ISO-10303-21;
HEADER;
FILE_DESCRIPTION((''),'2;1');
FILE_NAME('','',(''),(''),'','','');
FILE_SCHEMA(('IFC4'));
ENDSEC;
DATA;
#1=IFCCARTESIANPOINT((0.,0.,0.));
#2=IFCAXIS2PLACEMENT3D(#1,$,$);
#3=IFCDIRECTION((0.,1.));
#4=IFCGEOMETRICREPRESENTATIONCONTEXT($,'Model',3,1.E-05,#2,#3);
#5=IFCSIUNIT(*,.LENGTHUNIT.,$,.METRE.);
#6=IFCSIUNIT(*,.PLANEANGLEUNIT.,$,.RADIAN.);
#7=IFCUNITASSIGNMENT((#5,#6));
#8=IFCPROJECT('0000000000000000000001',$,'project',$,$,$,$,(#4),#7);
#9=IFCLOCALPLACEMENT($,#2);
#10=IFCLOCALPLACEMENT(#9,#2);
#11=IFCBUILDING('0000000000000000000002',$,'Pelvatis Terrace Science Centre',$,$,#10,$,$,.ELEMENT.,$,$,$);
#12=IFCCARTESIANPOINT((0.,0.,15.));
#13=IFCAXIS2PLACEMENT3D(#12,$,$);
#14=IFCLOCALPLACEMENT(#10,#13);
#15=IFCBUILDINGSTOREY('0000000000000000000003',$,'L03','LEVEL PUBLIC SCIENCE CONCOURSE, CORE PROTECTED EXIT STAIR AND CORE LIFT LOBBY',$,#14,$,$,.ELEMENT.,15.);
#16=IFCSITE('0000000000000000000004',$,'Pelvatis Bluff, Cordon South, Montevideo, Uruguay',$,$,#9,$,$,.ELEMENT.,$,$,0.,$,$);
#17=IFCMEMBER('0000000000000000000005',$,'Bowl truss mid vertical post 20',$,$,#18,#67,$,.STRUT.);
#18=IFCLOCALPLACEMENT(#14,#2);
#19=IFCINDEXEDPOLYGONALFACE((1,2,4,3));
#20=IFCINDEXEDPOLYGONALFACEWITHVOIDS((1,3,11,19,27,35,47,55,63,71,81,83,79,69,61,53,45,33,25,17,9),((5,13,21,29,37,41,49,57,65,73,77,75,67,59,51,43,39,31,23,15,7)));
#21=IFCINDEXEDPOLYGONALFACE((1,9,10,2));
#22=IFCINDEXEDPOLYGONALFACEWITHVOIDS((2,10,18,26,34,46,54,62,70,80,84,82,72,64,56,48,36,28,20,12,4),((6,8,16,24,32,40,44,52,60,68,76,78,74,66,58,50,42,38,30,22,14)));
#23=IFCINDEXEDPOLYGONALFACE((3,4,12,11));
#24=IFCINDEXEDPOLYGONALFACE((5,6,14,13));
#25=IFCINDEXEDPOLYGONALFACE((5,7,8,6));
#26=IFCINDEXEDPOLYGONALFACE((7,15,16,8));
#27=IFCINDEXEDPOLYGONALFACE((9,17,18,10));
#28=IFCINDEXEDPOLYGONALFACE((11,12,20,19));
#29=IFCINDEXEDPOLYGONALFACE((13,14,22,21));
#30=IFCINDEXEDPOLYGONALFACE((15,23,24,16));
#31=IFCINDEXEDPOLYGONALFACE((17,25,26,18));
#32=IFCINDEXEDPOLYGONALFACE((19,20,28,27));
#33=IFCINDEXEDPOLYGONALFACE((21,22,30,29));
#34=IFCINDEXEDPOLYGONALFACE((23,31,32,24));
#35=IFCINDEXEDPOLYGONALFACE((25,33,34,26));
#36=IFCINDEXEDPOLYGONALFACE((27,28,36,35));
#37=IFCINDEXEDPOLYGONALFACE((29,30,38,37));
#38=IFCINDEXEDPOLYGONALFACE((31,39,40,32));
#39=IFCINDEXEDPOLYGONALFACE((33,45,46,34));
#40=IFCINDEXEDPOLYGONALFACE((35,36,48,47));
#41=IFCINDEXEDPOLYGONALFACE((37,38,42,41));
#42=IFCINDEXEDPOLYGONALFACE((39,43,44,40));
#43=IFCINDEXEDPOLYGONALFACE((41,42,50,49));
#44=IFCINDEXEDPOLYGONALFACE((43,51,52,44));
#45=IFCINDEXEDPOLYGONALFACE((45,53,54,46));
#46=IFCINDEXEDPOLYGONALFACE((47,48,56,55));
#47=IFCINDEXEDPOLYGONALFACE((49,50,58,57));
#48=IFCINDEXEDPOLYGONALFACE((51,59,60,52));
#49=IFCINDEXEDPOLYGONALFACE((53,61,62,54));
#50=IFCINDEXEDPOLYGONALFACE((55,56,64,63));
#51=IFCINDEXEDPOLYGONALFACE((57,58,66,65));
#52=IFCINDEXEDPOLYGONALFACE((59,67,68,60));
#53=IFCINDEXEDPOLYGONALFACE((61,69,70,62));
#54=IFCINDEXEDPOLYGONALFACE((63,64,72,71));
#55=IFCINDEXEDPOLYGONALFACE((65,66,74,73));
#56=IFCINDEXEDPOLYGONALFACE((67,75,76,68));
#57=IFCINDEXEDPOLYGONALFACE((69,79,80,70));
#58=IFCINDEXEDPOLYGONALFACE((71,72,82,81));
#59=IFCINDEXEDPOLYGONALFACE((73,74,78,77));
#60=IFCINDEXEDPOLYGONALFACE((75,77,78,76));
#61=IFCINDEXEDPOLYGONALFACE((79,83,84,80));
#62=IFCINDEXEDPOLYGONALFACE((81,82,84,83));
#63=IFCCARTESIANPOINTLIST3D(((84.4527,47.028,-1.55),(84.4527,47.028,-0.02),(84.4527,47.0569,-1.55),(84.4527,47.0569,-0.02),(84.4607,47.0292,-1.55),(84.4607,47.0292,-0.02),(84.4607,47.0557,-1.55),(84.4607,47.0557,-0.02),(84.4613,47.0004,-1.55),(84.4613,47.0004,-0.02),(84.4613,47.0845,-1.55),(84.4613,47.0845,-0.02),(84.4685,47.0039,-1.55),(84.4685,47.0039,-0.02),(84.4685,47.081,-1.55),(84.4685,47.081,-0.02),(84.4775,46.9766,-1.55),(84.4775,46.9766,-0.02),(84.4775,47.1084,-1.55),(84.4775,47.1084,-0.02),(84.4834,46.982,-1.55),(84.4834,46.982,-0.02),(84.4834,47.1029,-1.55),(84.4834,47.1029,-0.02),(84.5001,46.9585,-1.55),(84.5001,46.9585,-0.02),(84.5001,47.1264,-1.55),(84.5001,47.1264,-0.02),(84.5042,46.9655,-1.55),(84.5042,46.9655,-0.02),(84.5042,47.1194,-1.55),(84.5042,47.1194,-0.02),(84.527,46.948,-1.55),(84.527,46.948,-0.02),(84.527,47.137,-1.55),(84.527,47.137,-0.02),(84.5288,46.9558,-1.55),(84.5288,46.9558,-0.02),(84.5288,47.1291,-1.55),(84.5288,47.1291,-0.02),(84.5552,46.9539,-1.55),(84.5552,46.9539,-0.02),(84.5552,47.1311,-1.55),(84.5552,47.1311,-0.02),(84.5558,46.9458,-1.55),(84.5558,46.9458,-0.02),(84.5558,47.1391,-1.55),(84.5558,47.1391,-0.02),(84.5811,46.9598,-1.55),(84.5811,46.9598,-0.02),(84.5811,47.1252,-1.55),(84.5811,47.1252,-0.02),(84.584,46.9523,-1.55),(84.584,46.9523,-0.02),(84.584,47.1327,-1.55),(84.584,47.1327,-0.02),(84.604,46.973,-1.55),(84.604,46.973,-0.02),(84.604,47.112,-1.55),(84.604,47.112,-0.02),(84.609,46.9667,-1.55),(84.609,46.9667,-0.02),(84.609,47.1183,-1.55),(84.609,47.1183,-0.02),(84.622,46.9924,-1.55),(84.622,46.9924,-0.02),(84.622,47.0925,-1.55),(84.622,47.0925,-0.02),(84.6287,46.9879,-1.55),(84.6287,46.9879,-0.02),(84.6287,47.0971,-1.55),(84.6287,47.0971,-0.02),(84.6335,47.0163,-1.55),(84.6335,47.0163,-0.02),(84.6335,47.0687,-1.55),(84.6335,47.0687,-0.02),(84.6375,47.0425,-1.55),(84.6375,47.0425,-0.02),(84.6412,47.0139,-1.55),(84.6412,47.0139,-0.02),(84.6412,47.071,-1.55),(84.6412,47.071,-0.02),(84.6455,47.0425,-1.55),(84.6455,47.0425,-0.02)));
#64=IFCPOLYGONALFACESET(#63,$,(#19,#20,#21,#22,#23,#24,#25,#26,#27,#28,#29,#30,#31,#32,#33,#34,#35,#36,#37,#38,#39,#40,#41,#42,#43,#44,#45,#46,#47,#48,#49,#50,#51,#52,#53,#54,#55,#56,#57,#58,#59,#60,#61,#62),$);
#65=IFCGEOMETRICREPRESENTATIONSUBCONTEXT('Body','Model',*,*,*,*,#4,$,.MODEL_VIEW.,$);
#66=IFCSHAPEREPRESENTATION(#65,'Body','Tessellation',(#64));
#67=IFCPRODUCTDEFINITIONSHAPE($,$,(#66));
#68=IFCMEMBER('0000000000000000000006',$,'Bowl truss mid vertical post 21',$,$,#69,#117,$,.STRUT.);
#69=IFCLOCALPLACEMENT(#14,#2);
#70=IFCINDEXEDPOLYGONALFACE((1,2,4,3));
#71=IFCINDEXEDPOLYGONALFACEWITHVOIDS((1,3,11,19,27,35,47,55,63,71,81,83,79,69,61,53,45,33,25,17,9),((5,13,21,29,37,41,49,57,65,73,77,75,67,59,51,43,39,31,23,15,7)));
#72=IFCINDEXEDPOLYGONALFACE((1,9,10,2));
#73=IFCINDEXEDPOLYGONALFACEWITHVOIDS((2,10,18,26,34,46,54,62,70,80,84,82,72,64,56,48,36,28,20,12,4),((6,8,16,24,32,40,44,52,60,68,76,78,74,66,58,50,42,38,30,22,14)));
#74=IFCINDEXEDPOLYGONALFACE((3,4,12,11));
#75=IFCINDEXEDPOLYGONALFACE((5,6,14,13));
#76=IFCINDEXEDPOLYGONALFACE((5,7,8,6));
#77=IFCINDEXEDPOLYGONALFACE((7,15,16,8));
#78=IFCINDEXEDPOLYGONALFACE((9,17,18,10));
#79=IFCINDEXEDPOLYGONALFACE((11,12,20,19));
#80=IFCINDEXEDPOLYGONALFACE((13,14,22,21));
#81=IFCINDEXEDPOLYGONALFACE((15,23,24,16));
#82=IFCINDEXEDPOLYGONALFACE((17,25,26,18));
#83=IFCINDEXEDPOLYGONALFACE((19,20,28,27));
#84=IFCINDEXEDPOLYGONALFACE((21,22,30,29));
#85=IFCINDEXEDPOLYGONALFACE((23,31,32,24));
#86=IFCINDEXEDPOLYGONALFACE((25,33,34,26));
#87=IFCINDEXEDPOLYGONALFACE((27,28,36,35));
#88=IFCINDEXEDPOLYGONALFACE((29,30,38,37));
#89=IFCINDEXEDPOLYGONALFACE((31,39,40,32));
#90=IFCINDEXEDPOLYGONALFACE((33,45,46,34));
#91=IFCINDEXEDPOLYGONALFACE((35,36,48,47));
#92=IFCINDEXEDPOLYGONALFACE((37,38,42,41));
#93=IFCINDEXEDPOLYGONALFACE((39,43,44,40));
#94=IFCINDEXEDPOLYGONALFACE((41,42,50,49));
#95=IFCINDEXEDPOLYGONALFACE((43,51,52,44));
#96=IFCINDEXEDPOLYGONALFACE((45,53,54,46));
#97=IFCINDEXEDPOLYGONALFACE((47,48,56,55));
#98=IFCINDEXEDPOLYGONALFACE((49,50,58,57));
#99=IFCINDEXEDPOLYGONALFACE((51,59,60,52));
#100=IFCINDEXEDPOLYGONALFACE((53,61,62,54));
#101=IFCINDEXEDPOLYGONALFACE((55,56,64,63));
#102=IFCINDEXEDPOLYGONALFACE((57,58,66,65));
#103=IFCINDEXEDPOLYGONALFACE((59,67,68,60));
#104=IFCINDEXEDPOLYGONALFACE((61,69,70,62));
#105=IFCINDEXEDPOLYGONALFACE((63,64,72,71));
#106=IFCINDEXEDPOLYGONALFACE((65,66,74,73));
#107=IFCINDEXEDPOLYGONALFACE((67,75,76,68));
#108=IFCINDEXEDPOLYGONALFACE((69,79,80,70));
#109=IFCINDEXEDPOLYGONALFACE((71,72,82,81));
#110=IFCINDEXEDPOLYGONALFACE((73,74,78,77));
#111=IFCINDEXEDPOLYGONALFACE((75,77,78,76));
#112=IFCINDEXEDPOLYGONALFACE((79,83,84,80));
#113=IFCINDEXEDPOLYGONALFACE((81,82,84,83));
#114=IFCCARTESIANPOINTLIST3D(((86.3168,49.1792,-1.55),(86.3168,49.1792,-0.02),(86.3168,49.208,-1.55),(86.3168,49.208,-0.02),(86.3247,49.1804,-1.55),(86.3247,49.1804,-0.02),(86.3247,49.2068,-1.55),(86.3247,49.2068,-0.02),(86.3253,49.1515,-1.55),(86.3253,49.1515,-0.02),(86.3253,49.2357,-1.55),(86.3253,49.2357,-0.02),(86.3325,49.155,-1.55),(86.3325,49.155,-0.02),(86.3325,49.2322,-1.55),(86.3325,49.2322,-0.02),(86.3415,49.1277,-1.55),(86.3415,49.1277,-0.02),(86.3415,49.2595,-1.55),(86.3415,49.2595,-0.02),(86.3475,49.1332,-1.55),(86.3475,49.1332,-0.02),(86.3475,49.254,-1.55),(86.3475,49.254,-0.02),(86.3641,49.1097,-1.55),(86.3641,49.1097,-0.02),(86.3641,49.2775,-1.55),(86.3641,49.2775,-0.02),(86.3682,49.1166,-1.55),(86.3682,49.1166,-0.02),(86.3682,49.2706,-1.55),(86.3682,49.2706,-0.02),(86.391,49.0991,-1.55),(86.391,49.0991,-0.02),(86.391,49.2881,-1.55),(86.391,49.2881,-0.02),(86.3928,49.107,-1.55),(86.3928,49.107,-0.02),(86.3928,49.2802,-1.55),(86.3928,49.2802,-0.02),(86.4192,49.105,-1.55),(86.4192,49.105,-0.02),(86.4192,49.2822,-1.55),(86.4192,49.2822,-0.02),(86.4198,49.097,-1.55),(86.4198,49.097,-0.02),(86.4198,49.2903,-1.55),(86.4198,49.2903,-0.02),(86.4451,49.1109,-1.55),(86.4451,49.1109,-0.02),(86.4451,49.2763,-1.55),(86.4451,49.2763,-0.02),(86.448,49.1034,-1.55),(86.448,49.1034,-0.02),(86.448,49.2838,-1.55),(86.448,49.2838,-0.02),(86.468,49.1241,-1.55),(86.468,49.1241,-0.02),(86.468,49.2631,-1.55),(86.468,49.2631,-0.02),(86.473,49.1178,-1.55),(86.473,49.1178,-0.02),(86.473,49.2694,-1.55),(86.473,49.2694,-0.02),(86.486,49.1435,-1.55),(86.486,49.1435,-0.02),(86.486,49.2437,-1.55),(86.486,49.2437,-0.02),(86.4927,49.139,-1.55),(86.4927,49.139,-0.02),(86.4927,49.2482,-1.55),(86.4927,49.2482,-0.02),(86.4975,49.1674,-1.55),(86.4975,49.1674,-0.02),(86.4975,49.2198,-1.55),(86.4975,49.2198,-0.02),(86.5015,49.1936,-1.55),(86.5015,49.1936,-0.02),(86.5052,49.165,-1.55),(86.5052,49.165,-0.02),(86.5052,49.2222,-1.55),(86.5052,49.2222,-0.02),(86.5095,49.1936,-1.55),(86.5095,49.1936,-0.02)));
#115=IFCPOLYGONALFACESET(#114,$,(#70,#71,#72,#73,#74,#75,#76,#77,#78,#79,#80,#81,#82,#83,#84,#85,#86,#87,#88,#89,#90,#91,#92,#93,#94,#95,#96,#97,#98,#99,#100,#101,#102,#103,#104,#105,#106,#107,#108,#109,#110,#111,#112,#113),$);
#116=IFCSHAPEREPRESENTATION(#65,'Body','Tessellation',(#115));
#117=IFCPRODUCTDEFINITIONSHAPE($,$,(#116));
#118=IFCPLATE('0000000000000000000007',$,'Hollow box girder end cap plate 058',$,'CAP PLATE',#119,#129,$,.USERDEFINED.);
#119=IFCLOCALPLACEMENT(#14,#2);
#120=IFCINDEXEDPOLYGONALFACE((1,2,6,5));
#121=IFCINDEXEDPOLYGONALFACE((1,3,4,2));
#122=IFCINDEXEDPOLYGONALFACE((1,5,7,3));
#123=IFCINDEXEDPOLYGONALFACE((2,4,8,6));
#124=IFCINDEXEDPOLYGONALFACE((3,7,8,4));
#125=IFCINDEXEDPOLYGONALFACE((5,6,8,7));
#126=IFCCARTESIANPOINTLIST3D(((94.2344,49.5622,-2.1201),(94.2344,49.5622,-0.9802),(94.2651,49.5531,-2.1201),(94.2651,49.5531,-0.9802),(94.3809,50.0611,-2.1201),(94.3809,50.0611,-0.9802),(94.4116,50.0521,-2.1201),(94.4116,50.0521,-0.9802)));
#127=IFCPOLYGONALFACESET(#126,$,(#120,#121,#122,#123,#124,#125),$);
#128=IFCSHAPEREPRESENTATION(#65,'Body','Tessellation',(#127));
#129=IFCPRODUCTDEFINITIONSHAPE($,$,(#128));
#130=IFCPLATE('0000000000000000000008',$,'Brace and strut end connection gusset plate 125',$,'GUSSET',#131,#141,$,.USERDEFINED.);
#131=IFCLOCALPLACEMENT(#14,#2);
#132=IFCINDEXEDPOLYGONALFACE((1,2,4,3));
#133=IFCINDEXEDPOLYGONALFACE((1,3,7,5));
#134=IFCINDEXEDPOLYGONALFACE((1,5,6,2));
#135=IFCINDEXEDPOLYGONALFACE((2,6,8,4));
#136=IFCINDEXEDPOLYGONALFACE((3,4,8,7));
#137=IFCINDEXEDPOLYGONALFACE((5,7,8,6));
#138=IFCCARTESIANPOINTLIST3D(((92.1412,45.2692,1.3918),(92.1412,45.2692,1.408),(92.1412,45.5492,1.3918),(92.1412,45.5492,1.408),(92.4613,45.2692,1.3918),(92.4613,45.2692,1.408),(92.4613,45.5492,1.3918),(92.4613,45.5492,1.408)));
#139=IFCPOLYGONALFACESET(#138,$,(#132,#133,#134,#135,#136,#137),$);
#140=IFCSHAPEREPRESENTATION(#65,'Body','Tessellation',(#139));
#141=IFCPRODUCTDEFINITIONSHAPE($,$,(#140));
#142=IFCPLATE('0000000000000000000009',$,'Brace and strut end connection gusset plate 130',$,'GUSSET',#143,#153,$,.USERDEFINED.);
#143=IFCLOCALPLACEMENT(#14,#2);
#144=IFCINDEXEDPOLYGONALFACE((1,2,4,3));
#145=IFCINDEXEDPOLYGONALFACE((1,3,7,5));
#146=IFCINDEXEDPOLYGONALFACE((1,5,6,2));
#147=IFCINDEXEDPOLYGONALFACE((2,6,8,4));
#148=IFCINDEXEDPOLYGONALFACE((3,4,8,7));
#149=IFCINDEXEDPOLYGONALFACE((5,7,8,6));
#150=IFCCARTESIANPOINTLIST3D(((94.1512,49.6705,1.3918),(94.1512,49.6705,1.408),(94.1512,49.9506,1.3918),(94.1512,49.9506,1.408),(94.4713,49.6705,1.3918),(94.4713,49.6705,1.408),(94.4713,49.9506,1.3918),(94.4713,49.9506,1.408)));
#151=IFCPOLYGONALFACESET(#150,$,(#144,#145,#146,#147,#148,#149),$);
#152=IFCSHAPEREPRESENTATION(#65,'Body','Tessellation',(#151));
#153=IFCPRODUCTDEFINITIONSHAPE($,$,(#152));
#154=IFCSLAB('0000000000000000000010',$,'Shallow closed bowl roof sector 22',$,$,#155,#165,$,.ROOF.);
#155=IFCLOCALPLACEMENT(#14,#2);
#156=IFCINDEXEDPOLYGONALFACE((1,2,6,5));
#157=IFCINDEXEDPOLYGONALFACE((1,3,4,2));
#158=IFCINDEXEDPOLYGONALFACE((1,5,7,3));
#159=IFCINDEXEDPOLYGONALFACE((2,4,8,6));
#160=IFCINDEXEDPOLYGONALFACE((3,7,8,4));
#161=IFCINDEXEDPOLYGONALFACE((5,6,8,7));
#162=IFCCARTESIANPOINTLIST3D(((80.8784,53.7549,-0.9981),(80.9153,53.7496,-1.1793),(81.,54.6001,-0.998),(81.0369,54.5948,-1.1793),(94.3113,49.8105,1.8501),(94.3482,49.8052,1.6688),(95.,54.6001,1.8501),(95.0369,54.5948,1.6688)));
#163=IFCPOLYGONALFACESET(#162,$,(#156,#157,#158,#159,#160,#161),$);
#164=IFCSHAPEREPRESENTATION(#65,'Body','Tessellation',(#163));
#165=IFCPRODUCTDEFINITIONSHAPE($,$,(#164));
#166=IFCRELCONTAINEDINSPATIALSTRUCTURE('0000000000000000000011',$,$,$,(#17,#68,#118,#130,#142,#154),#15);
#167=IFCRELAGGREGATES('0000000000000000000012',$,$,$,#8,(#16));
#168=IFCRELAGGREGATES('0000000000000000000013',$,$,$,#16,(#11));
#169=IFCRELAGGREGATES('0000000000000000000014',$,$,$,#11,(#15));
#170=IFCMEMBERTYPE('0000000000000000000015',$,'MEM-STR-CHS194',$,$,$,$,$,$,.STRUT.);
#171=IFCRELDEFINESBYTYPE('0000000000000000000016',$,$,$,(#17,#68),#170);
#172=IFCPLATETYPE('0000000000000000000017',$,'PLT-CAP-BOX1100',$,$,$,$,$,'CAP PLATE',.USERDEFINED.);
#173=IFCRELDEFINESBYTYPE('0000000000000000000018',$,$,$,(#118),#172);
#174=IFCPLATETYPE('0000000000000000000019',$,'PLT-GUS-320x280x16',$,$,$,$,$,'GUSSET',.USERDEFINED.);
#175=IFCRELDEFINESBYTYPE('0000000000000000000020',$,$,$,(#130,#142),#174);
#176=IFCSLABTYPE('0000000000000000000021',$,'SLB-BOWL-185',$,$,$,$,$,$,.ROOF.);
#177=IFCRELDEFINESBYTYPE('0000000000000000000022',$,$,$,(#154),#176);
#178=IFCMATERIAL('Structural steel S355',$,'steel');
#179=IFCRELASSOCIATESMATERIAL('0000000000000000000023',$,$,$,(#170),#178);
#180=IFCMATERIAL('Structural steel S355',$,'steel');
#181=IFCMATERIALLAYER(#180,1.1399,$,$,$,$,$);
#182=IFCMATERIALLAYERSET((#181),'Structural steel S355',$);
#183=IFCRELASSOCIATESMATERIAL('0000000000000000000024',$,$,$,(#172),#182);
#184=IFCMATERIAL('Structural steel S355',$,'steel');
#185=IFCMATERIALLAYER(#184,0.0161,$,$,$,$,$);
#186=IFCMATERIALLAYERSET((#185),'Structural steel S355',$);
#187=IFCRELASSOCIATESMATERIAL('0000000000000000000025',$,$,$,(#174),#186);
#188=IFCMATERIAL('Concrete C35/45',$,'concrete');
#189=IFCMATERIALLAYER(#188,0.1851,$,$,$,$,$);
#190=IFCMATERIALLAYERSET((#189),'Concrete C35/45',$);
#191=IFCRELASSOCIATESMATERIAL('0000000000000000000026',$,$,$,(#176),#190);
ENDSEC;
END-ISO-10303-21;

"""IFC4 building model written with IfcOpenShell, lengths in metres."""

from ifc_helpers import new_model, si_unit, direction, frame, origin, origin_2d, place, context, subcontext, project, spatial, polyline, rectangle, hollow_circle, outline, extrude, material, layer, layer_set, material_profile, profile_set, type_object, element, save


model = new_model("IFC4")

# Units and contexts
model_context = context("Model", 3, precision=1e-05, world=origin(), true_north=direction((0.0, 1.0)))
body_context = subcontext(model_context, "Body", "Model", "MODEL_VIEW")
ifc_project = project(units=[si_unit("LENGTHUNIT", "METRE"), si_unit("PLANEANGLEUNIT", "RADIAN")], contexts=[model_context])

# Site, building, storey
site_placement = place(None, origin())
site = spatial("IfcSite", under=ifc_project, at=site_placement, Name="Pelvatis Bluff, Cordon South, Montevideo, Uruguay", CompositionType="ELEMENT", RefElevation=0.0)
building_placement = place(site_placement, origin())
building = spatial("IfcBuilding", under=site, at=building_placement, Name="Pelvatis Terrace Science Centre", CompositionType="ELEMENT")
storey_placement = place(building_placement, frame((0.0, 0.0, 15.0)))
storey = spatial("IfcBuildingStorey", under=building, at=storey_placement, Name="L03", Description="LEVEL PUBLIC SCIENCE CONCOURSE, CORE PROTECTED EXIT STAIR AND CORE LIFT LOBBY", CompositionType="ELEMENT", Elevation=15.0)

# Members
ifc_material_1 = material(Name="Structural steel S355", Category="steel")
ifc_material_profile_1 = material_profile(ifc_material_1, hollow_circle(Radius=0.0969, WallThickness=0.0081, at=origin_2d()), Name="CHS 193.7x8.0")
ifc_profile_set_1 = profile_set([ifc_material_profile_1], Name="Structural steel S355")
member_type_1 = type_object("IfcMemberType", Name="MEM-STR-CHS194", PredefinedType="STRUT", material=ifc_profile_set_1)
for number, where, z_axis, x_axis, name in (
    (1, (84.5486, 47.0425, -1.55), (0.0, 0.0, 1.0), (1.0, 0.0, 0.0), "Bowl truss mid vertical post 20"),
    (2, (86.4126, 49.1936, -1.55), (0.0, 0.0, 1.0), (1.0, 0.0, 0.0), "Bowl truss mid vertical post 21"),
):
    element("IfcMember", number, at=place(storey_placement, frame(where, z_axis=z_axis, x_axis=x_axis)), inside=storey, type_object=member_type_1, Name=name, PredefinedType="STRUT", context=body_context, shape_type="SweptSolid", body=[
        extrude(hollow_circle(Radius=0.0969, WallThickness=0.0081, at=origin_2d()), origin(), (0.0, 0.0, 1.0), 1.53),
    ])

# Plates
ifc_material_2 = material(Name="Structural steel S355", Category="steel")
ifc_layer_1 = layer(ifc_material_2, 1.1399)
ifc_layer_set_1 = layer_set([ifc_layer_1], Name="Structural steel S355")
plate_type_1 = type_object("IfcPlateType", Name="PLT-CAP-BOX1100", ElementType="CAP PLATE", PredefinedType="USERDEFINED", material=ifc_layer_set_1)
plate_placement = place(storey_placement, frame((94.323, 49.8071, -2.1201), z_axis=(0.0, 0.0, 1.0), x_axis=(0.959511, -0.281672, 0.0)))
element("IfcPlate", 3, at=plate_placement, inside=storey, type_object=plate_type_1, Name="Hollow box girder end cap plate 058", ObjectType="CAP PLATE", PredefinedType="USERDEFINED", context=body_context, shape_type="SweptSolid", body=[
    extrude(rectangle(XDim=0.032, YDim=0.52, at=origin_2d()), origin(), (0.0, 0.0, 1.0), 1.1399),
])
ifc_material_3 = material(Name="Structural steel S355", Category="steel")
ifc_layer_2 = layer(ifc_material_3, 0.0161)
ifc_layer_set_2 = layer_set([ifc_layer_2], Name="Structural steel S355")
plate_type_2 = type_object("IfcPlateType", Name="PLT-GUS-320x280x16", ElementType="GUSSET", PredefinedType="USERDEFINED", material=ifc_layer_set_2)
for number, where, z_axis, x_axis, name in (
    (4, (92.3013, 45.4092, 1.3918), (0.0, 0.0, 1.0), (1.0, 0.0, 0.0), "Brace and strut end connection gusset plate 125"),
    (5, (94.3113, 49.8105, 1.3918), (0.0, 0.0, 1.0), (1.0, 0.0, 0.0), "Brace and strut end connection gusset plate 130"),
):
    element("IfcPlate", number, at=place(storey_placement, frame(where, z_axis=z_axis, x_axis=x_axis)), inside=storey, type_object=plate_type_2, Name=name, ObjectType="GUSSET", PredefinedType="USERDEFINED", context=body_context, shape_type="SweptSolid", body=[
        extrude(rectangle(XDim=0.3201, YDim=0.28, at=origin_2d()), origin(), (0.0, 0.0, 1.0), 0.0161),
    ])

# Slab
ifc_material_4 = material(Name="Concrete C35/45", Category="concrete")
ifc_layer_3 = layer(ifc_material_4, 0.1851)
ifc_layer_set_3 = layer_set([ifc_layer_3], Name="Concrete C35/45")
slab_type = type_object("IfcSlabType", Name="SLB-BOWL-185", PredefinedType="ROOF", material=ifc_layer_set_3)
slab_placement = place(storey_placement, frame((94.3113, 49.8105, 1.8501), z_axis=(-0.199273, 0.028656, 0.979525), x_axis=(0.142333, 0.989819, -0.000001)))
element("IfcSlab", 6, at=slab_placement, inside=storey, type_object=slab_type, Name="Shallow closed bowl roof sector 22", PredefinedType="ROOF", context=body_context, shape_type="SweptSolid", body=[
    extrude(outline(polyline([(0.0, 0.0), (4.8388, 0.0), (2.8462, 14.1471), (1.9922, 14.1472), (0.0, 0.0)])), origin(), (0.0, 0.0, -1.0), 0.1851),
])

save(model, "model.ifc")
